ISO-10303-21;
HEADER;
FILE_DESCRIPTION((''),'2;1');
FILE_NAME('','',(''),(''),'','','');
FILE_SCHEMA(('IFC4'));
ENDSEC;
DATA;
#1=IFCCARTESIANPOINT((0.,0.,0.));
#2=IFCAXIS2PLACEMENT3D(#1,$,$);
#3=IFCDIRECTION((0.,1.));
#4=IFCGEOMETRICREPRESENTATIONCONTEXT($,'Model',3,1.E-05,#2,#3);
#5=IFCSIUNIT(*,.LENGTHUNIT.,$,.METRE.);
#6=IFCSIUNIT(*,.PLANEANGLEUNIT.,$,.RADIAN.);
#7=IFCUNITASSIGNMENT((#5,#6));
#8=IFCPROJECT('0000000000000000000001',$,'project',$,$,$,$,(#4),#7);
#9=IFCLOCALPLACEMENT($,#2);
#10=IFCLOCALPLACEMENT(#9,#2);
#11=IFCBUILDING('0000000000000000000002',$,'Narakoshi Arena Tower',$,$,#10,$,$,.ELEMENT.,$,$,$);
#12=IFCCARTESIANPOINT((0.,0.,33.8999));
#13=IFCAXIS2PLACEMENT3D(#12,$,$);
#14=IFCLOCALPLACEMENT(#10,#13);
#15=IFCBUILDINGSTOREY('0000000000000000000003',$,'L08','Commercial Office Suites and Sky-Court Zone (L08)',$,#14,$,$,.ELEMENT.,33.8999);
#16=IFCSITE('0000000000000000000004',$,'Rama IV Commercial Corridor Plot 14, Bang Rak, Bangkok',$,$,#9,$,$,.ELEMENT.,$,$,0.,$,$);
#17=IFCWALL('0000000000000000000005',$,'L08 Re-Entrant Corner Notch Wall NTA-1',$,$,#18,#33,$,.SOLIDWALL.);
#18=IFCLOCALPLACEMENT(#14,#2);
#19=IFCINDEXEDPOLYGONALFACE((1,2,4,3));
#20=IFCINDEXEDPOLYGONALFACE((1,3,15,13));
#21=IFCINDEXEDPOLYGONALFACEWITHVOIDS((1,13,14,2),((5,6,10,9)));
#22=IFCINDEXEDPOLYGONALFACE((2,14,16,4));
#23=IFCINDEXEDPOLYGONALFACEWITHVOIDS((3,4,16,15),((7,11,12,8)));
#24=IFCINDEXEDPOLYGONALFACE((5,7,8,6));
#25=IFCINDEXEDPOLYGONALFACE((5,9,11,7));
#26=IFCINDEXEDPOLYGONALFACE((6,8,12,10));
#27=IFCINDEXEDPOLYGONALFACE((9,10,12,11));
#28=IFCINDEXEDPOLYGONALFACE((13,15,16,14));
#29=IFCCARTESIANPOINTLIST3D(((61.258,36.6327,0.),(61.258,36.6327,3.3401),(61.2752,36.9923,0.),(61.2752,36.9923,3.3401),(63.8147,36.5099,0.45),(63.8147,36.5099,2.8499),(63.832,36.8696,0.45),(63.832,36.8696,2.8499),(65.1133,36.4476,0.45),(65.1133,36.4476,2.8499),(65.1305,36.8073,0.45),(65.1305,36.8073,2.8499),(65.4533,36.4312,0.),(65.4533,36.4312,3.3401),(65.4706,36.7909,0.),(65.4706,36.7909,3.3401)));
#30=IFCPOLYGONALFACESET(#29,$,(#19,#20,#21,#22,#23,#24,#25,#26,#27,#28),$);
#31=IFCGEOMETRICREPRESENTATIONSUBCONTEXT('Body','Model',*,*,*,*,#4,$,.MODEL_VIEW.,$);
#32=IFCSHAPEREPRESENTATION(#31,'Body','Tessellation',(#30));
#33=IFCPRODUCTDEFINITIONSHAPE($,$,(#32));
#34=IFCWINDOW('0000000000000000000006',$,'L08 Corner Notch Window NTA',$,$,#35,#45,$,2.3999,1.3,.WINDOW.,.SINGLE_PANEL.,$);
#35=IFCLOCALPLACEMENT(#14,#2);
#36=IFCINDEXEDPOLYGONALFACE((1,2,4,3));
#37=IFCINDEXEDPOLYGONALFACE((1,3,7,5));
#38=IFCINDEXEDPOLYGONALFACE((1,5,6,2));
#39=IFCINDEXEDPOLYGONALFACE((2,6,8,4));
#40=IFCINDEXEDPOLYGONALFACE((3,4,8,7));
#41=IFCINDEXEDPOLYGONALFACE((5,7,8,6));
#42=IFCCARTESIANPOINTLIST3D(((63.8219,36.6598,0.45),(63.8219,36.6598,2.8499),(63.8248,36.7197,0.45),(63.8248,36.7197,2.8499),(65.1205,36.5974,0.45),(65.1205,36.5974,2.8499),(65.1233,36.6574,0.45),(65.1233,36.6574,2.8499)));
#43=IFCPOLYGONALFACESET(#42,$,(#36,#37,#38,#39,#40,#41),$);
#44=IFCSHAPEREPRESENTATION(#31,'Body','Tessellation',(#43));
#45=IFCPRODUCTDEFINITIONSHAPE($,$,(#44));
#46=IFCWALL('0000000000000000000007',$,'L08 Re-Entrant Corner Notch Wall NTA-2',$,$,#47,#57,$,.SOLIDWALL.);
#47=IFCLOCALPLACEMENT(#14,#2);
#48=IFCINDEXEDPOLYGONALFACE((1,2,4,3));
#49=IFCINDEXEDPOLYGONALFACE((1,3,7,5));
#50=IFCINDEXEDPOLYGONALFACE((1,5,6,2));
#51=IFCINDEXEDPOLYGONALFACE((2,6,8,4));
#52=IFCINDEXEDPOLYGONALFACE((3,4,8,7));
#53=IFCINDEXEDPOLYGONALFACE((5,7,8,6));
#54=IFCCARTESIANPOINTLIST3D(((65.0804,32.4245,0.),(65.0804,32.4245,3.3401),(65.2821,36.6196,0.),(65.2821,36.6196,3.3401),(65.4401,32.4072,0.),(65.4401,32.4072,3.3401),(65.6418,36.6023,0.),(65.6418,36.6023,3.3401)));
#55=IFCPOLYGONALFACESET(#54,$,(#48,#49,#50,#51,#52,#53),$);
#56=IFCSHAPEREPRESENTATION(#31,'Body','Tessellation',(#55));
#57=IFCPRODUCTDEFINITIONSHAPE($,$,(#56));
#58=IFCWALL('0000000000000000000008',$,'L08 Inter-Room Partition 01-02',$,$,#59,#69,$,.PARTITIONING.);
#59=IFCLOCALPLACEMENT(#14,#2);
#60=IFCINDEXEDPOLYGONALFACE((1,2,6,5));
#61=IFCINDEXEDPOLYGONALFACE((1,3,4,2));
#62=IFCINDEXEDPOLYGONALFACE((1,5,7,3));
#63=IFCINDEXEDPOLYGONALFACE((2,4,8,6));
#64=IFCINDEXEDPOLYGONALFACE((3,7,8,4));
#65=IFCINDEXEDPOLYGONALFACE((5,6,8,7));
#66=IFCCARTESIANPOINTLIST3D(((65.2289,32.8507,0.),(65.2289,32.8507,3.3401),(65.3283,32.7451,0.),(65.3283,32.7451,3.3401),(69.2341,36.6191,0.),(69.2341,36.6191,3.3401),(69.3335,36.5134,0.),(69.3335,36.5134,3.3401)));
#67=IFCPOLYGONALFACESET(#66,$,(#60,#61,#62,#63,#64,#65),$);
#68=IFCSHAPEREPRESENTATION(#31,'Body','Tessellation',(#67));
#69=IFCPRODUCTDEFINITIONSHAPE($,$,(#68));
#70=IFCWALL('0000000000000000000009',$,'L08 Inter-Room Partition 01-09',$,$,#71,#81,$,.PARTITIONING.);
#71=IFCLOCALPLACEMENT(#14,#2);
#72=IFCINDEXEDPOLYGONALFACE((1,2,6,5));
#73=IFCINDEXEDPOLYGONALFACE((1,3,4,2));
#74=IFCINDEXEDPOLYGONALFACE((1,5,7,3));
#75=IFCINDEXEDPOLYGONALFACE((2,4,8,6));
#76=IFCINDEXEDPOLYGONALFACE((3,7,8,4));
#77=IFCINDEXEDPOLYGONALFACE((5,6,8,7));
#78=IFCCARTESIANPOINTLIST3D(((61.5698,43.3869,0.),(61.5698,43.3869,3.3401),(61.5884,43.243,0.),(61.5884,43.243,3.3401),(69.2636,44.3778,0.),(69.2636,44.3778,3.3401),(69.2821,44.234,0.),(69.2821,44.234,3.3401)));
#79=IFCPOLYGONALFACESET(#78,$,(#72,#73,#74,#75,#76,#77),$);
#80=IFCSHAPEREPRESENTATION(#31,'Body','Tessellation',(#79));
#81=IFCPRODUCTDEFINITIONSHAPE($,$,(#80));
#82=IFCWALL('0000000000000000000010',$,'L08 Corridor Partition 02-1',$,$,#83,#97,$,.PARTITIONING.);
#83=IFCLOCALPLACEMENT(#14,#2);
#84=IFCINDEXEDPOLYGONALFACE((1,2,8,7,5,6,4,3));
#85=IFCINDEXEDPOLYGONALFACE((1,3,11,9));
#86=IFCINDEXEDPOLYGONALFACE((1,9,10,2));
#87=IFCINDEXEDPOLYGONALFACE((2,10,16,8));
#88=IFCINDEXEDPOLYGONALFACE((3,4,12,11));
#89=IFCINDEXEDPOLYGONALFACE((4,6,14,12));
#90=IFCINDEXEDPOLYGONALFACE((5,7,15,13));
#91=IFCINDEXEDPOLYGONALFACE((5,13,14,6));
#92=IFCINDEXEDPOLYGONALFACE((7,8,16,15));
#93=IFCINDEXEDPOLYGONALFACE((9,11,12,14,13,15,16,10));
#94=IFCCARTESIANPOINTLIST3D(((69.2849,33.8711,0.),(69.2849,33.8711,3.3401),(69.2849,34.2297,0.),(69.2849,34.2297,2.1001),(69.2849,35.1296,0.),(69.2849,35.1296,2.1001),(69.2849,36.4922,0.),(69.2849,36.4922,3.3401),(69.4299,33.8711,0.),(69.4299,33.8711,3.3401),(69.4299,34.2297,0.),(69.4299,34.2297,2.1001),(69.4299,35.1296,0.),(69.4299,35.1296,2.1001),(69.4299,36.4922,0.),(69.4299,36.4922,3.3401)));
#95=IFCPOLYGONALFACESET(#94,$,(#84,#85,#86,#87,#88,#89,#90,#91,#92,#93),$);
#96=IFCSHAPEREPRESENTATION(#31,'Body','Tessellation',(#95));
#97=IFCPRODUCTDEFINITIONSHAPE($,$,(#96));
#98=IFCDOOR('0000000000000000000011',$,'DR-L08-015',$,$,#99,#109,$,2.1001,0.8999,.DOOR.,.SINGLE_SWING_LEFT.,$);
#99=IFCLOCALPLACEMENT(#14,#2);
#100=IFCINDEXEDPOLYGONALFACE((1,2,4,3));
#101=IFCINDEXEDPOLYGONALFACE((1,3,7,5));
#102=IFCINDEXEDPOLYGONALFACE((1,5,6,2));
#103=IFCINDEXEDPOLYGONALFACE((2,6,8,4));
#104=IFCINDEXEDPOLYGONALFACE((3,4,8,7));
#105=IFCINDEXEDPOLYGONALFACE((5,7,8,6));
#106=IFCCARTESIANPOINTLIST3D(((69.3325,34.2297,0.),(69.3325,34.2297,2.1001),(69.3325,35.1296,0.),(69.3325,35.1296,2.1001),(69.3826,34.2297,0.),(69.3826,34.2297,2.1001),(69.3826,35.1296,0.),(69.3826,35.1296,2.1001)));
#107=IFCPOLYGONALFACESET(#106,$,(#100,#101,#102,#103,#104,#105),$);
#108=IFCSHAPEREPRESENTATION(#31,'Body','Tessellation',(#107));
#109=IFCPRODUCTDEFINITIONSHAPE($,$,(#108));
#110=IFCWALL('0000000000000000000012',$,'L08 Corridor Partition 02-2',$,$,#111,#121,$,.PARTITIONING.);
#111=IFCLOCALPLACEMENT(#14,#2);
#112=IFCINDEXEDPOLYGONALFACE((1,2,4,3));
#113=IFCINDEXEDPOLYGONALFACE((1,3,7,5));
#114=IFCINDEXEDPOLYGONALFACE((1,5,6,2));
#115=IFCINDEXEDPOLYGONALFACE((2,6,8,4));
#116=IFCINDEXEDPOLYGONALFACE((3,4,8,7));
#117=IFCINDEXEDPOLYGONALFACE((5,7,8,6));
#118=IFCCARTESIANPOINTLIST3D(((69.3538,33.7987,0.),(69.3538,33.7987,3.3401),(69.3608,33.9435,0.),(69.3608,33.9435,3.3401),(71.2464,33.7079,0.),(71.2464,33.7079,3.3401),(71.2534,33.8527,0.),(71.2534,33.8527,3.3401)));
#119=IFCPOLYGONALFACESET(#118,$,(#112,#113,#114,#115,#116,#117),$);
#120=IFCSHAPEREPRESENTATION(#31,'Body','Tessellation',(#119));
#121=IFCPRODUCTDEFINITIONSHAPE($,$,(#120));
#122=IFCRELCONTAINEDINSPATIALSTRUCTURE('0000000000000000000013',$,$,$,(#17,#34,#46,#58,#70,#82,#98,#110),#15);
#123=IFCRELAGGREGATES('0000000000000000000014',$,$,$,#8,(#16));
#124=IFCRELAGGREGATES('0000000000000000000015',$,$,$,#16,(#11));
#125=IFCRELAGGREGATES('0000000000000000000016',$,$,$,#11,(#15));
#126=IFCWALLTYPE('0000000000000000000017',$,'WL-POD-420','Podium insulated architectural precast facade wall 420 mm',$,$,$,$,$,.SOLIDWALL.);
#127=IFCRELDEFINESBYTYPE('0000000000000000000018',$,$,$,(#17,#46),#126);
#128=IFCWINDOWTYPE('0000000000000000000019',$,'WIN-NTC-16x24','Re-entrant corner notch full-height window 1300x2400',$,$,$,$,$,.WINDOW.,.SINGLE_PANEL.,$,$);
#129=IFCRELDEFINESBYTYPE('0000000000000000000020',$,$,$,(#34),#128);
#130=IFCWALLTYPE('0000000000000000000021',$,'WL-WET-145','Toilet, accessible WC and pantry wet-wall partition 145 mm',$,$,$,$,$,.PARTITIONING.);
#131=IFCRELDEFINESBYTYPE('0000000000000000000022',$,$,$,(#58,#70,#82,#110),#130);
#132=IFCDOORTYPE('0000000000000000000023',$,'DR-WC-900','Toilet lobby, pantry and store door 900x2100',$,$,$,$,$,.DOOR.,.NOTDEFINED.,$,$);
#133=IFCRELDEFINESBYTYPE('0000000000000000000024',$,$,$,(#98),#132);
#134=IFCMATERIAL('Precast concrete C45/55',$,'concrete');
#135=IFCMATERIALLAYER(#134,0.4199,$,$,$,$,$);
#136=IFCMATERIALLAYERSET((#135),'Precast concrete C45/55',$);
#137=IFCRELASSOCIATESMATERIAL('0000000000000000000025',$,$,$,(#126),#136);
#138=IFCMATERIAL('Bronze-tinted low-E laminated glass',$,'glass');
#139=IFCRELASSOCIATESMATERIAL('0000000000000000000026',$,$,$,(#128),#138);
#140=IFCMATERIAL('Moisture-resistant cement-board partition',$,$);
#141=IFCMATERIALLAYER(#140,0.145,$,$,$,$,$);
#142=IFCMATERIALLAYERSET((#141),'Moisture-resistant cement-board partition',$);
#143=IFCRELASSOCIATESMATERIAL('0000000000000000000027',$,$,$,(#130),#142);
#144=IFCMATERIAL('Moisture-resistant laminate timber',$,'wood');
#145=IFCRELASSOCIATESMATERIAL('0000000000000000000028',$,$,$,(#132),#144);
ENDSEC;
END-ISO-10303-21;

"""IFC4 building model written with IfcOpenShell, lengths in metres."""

from ifc_helpers import new_model, si_unit, direction, frame, frame_2d, origin, place, context, subcontext, project, spatial, rectangle, extrude, material, layer, layer_set, type_object, element, fill, save


model = new_model("IFC4")

# Units and contexts
model_context = context("Model", 3, precision=1e-05, world=origin(), true_north=direction((0.0, 1.0)))
body_context = subcontext(model_context, "Body", "Model", "MODEL_VIEW")
ifc_project = project(units=[si_unit("LENGTHUNIT", "METRE"), si_unit("PLANEANGLEUNIT", "RADIAN")], contexts=[model_context])

# Site, building, storey
site_placement = place(None, origin())
site = spatial("IfcSite", under=ifc_project, at=site_placement, Name="Rama IV Commercial Corridor Plot 14, Bang Rak, Bangkok", CompositionType="ELEMENT", RefElevation=0.0)
building_placement = place(site_placement, origin())
building = spatial("IfcBuilding", under=site, at=building_placement, Name="Narakoshi Arena Tower", CompositionType="ELEMENT")
storey_placement = place(building_placement, frame((0.0, 0.0, 33.8999)))
storey = spatial("IfcBuildingStorey", under=building, at=storey_placement, Name="L08", Description="Commercial Office Suites and Sky-Court Zone (L08)", CompositionType="ELEMENT", Elevation=33.8999)

# Wall, opening, window
ifc_material_1 = material(Name="Precast concrete C45/55", Category="concrete")
ifc_layer_1 = layer(ifc_material_1, 0.4199)
ifc_layer_set_1 = layer_set([ifc_layer_1], Name="Precast concrete C45/55")
wall_type_1 = type_object("IfcWallType", Name="WL-POD-420", Description="Podium insulated architectural precast facade wall 420 mm", PredefinedType="SOLIDWALL", material=ifc_layer_set_1)
ifc_material_2 = material(Name="Bronze-tinted low-E laminated glass", Category="glass")
wall_1_placement = place(storey_placement, frame((61.2666, 36.8125, 0.0), z_axis=(0.0, 0.0, 1.0), x_axis=(0.99885, -0.047955, 0.0)))
wall_1 = element("IfcWall", 1, at=wall_1_placement, inside=storey, type_object=wall_type_1, Name="L08 Re-Entrant Corner Notch Wall NTA-1", PredefinedType="SOLIDWALL", context=body_context, shape_type="SweptSolid", body=[
    extrude(rectangle(XDim=4.2002, YDim=0.3601, at=frame_2d((2.1001, 0.0))), origin(), (0.0, 0.0, 1.0), 3.3401),
])
opening_1_placement = place(wall_1_placement, frame((2.5598, 0.0, 0.45)))
opening_1 = element("IfcOpeningElement", 2, at=opening_1_placement, cuts=wall_1, PredefinedType="OPENING", context=body_context, shape_type="SweptSolid", body=[
    extrude(rectangle(XDim=1.3, YDim=2.3999, at=frame_2d((0.6499, 1.2))), frame((0.0, 0.1899, 0.0), z_axis=(0.0, -1.0, 0.0), x_axis=(1.0, 0.0, 0.0)), (0.0, 0.0, 1.0), 0.3801),
])
window_type_1 = type_object("IfcWindowType", Name="WIN-NTC-16x24", Description="Re-entrant corner notch full-height window 1300x2400", PartitioningType="SINGLE_PANEL", PredefinedType="WINDOW", material=ifc_material_2)
window_1_placement = place(opening_1_placement, origin())
window_1 = element("IfcWindow", 3, at=window_1_placement, inside=storey, type_object=window_type_1, Name="L08 Corner Notch Window NTA", OverallHeight=2.3999, OverallWidth=1.3, PartitioningType="SINGLE_PANEL", PredefinedType="WINDOW", context=body_context, shape_type="SweptSolid", body=[
    extrude(rectangle(XDim=1.3, YDim=2.3999, at=frame_2d((0.6499, 1.2))), frame((0.0, 0.03, 0.0), z_axis=(0.0, -1.0, 0.0), x_axis=(1.0, 0.0, 0.0)), (0.0, 0.0, 1.0), 0.0601),
])
fill(opening_1, window_1)

# Walls
wall_2_placement = place(storey_placement, frame((65.4619, 36.6111, 0.0), z_axis=(0.0, 0.0, 1.0), x_axis=(-0.048015, -0.998847, 0.0)))
element("IfcWall", 4, at=wall_2_placement, inside=storey, type_object=wall_type_1, Name="L08 Re-Entrant Corner Notch Wall NTA-2", PredefinedType="SOLIDWALL", context=body_context, shape_type="SweptSolid", body=[
    extrude(rectangle(XDim=4.2, YDim=0.3601, at=frame_2d((2.1001, 0.0))), origin(), (0.0, 0.0, 1.0), 3.3401),
])
ifc_material_3 = material(Name="Moisture-resistant cement-board partition")
ifc_layer_2 = layer(ifc_material_3, 0.145)
ifc_layer_set_2 = layer_set([ifc_layer_2], Name="Moisture-resistant cement-board partition")
wall_type_2 = type_object("IfcWallType", Name="WL-WET-145", Description="Toilet, accessible WC and pantry wet-wall partition 145 mm", PredefinedType="PARTITIONING", material=ifc_layer_set_2)
wall_3_placement = place(storey_placement, frame((69.2837, 36.5662, 0.0), z_axis=(0.0, 0.0, 1.0), x_axis=(-0.728311, -0.685247, 0.0)))
element("IfcWall", 5, at=wall_3_placement, inside=storey, type_object=wall_type_2, Name="L08 Inter-Room Partition 01-02", PredefinedType="PARTITIONING", context=body_context, shape_type="SweptSolid", body=[
    extrude(rectangle(XDim=5.4993, YDim=0.145, at=frame_2d((2.7495, 0.0))), origin(), (0.0, 0.0, 1.0), 3.3401),
])
wall_4_placement = place(storey_placement, frame((61.5791, 43.3149, 0.0), z_axis=(0.0, 0.0, 1.0), x_axis=(0.991807, 0.127745, 0.0)))
element("IfcWall", 6, at=wall_4_placement, inside=storey, type_object=wall_type_2, Name="L08 Inter-Room Partition 01-09", PredefinedType="PARTITIONING", context=body_context, shape_type="SweptSolid", body=[
    extrude(rectangle(XDim=7.7573, YDim=0.145, at=frame_2d((3.8787, 0.0))), origin(), (0.0, 0.0, 1.0), 3.3401),
])

# Wall, opening, door
wall_5_placement = place(storey_placement, frame((69.3574, 36.4922, 0.0), z_axis=(0.0, 0.0, 1.0), x_axis=(0.0, -1.0, 0.0)))
wall_5 = element("IfcWall", 7, at=wall_5_placement, inside=storey, type_object=wall_type_2, Name="L08 Corridor Partition 02-1", PredefinedType="PARTITIONING", context=body_context, shape_type="SweptSolid", body=[
    extrude(rectangle(XDim=2.6211, YDim=0.145, at=frame_2d((1.3105, 0.0))), origin(), (0.0, 0.0, 1.0), 3.3401),
])
opening_2_placement = place(wall_5_placement, frame((1.3625, 0.0, 0.0)))
opening_2 = element("IfcOpeningElement", 8, at=opening_2_placement, cuts=wall_5, PredefinedType="OPENING", context=body_context, shape_type="SweptSolid", body=[
    extrude(rectangle(XDim=0.8999, YDim=2.1001, at=frame_2d((0.45, 1.05))), frame((0.0, 0.0825, 0.0), z_axis=(0.0, -1.0, 0.0), x_axis=(1.0, 0.0, 0.0)), (0.0, 0.0, 1.0), 0.165),
])
ifc_material_4 = material(Name="Moisture-resistant laminate timber", Category="wood")
door_type = type_object("IfcDoorType", Name="DR-WC-900", Description="Toilet lobby, pantry and store door 900x2100", OperationType="NOTDEFINED", PredefinedType="DOOR", material=ifc_material_4)
door_placement = place(opening_2_placement, frame((0.8999, 0.0, 0.0), z_axis=(0.0, 0.0, 1.0), x_axis=(-1.0, 0.0, 0.0)))
door = element("IfcDoor", 9, at=door_placement, inside=storey, type_object=door_type, Name="DR-L08-015", OperationType="SINGLE_SWING_LEFT", OverallHeight=2.1001, OverallWidth=0.8999, PredefinedType="DOOR", context=body_context, shape_type="SweptSolid", body=[
    extrude(rectangle(XDim=0.8999, YDim=2.1001, at=frame_2d((0.45, 1.05))), frame((0.0, 0.0249, 0.0), z_axis=(0.0, -1.0, 0.0), x_axis=(1.0, 0.0, 0.0)), (0.0, 0.0, 1.0), 0.05),
])
fill(opening_2, door)

# Wall
wall_6_placement = place(storey_placement, frame((69.3574, 33.8711, 0.0), z_axis=(0.0, 0.0, 1.0), x_axis=(0.998851, -0.047932, 0.0)))
element("IfcWall", 10, at=wall_6_placement, inside=storey, type_object=wall_type_2, Name="L08 Corridor Partition 02-2", PredefinedType="PARTITIONING", context=body_context, shape_type="SweptSolid", body=[
    extrude(rectangle(XDim=1.8948, YDim=0.145, at=frame_2d((0.9473, 0.0))), origin(), (0.0, 0.0, 1.0), 3.3401),
])

save(model, "model.ifc")
